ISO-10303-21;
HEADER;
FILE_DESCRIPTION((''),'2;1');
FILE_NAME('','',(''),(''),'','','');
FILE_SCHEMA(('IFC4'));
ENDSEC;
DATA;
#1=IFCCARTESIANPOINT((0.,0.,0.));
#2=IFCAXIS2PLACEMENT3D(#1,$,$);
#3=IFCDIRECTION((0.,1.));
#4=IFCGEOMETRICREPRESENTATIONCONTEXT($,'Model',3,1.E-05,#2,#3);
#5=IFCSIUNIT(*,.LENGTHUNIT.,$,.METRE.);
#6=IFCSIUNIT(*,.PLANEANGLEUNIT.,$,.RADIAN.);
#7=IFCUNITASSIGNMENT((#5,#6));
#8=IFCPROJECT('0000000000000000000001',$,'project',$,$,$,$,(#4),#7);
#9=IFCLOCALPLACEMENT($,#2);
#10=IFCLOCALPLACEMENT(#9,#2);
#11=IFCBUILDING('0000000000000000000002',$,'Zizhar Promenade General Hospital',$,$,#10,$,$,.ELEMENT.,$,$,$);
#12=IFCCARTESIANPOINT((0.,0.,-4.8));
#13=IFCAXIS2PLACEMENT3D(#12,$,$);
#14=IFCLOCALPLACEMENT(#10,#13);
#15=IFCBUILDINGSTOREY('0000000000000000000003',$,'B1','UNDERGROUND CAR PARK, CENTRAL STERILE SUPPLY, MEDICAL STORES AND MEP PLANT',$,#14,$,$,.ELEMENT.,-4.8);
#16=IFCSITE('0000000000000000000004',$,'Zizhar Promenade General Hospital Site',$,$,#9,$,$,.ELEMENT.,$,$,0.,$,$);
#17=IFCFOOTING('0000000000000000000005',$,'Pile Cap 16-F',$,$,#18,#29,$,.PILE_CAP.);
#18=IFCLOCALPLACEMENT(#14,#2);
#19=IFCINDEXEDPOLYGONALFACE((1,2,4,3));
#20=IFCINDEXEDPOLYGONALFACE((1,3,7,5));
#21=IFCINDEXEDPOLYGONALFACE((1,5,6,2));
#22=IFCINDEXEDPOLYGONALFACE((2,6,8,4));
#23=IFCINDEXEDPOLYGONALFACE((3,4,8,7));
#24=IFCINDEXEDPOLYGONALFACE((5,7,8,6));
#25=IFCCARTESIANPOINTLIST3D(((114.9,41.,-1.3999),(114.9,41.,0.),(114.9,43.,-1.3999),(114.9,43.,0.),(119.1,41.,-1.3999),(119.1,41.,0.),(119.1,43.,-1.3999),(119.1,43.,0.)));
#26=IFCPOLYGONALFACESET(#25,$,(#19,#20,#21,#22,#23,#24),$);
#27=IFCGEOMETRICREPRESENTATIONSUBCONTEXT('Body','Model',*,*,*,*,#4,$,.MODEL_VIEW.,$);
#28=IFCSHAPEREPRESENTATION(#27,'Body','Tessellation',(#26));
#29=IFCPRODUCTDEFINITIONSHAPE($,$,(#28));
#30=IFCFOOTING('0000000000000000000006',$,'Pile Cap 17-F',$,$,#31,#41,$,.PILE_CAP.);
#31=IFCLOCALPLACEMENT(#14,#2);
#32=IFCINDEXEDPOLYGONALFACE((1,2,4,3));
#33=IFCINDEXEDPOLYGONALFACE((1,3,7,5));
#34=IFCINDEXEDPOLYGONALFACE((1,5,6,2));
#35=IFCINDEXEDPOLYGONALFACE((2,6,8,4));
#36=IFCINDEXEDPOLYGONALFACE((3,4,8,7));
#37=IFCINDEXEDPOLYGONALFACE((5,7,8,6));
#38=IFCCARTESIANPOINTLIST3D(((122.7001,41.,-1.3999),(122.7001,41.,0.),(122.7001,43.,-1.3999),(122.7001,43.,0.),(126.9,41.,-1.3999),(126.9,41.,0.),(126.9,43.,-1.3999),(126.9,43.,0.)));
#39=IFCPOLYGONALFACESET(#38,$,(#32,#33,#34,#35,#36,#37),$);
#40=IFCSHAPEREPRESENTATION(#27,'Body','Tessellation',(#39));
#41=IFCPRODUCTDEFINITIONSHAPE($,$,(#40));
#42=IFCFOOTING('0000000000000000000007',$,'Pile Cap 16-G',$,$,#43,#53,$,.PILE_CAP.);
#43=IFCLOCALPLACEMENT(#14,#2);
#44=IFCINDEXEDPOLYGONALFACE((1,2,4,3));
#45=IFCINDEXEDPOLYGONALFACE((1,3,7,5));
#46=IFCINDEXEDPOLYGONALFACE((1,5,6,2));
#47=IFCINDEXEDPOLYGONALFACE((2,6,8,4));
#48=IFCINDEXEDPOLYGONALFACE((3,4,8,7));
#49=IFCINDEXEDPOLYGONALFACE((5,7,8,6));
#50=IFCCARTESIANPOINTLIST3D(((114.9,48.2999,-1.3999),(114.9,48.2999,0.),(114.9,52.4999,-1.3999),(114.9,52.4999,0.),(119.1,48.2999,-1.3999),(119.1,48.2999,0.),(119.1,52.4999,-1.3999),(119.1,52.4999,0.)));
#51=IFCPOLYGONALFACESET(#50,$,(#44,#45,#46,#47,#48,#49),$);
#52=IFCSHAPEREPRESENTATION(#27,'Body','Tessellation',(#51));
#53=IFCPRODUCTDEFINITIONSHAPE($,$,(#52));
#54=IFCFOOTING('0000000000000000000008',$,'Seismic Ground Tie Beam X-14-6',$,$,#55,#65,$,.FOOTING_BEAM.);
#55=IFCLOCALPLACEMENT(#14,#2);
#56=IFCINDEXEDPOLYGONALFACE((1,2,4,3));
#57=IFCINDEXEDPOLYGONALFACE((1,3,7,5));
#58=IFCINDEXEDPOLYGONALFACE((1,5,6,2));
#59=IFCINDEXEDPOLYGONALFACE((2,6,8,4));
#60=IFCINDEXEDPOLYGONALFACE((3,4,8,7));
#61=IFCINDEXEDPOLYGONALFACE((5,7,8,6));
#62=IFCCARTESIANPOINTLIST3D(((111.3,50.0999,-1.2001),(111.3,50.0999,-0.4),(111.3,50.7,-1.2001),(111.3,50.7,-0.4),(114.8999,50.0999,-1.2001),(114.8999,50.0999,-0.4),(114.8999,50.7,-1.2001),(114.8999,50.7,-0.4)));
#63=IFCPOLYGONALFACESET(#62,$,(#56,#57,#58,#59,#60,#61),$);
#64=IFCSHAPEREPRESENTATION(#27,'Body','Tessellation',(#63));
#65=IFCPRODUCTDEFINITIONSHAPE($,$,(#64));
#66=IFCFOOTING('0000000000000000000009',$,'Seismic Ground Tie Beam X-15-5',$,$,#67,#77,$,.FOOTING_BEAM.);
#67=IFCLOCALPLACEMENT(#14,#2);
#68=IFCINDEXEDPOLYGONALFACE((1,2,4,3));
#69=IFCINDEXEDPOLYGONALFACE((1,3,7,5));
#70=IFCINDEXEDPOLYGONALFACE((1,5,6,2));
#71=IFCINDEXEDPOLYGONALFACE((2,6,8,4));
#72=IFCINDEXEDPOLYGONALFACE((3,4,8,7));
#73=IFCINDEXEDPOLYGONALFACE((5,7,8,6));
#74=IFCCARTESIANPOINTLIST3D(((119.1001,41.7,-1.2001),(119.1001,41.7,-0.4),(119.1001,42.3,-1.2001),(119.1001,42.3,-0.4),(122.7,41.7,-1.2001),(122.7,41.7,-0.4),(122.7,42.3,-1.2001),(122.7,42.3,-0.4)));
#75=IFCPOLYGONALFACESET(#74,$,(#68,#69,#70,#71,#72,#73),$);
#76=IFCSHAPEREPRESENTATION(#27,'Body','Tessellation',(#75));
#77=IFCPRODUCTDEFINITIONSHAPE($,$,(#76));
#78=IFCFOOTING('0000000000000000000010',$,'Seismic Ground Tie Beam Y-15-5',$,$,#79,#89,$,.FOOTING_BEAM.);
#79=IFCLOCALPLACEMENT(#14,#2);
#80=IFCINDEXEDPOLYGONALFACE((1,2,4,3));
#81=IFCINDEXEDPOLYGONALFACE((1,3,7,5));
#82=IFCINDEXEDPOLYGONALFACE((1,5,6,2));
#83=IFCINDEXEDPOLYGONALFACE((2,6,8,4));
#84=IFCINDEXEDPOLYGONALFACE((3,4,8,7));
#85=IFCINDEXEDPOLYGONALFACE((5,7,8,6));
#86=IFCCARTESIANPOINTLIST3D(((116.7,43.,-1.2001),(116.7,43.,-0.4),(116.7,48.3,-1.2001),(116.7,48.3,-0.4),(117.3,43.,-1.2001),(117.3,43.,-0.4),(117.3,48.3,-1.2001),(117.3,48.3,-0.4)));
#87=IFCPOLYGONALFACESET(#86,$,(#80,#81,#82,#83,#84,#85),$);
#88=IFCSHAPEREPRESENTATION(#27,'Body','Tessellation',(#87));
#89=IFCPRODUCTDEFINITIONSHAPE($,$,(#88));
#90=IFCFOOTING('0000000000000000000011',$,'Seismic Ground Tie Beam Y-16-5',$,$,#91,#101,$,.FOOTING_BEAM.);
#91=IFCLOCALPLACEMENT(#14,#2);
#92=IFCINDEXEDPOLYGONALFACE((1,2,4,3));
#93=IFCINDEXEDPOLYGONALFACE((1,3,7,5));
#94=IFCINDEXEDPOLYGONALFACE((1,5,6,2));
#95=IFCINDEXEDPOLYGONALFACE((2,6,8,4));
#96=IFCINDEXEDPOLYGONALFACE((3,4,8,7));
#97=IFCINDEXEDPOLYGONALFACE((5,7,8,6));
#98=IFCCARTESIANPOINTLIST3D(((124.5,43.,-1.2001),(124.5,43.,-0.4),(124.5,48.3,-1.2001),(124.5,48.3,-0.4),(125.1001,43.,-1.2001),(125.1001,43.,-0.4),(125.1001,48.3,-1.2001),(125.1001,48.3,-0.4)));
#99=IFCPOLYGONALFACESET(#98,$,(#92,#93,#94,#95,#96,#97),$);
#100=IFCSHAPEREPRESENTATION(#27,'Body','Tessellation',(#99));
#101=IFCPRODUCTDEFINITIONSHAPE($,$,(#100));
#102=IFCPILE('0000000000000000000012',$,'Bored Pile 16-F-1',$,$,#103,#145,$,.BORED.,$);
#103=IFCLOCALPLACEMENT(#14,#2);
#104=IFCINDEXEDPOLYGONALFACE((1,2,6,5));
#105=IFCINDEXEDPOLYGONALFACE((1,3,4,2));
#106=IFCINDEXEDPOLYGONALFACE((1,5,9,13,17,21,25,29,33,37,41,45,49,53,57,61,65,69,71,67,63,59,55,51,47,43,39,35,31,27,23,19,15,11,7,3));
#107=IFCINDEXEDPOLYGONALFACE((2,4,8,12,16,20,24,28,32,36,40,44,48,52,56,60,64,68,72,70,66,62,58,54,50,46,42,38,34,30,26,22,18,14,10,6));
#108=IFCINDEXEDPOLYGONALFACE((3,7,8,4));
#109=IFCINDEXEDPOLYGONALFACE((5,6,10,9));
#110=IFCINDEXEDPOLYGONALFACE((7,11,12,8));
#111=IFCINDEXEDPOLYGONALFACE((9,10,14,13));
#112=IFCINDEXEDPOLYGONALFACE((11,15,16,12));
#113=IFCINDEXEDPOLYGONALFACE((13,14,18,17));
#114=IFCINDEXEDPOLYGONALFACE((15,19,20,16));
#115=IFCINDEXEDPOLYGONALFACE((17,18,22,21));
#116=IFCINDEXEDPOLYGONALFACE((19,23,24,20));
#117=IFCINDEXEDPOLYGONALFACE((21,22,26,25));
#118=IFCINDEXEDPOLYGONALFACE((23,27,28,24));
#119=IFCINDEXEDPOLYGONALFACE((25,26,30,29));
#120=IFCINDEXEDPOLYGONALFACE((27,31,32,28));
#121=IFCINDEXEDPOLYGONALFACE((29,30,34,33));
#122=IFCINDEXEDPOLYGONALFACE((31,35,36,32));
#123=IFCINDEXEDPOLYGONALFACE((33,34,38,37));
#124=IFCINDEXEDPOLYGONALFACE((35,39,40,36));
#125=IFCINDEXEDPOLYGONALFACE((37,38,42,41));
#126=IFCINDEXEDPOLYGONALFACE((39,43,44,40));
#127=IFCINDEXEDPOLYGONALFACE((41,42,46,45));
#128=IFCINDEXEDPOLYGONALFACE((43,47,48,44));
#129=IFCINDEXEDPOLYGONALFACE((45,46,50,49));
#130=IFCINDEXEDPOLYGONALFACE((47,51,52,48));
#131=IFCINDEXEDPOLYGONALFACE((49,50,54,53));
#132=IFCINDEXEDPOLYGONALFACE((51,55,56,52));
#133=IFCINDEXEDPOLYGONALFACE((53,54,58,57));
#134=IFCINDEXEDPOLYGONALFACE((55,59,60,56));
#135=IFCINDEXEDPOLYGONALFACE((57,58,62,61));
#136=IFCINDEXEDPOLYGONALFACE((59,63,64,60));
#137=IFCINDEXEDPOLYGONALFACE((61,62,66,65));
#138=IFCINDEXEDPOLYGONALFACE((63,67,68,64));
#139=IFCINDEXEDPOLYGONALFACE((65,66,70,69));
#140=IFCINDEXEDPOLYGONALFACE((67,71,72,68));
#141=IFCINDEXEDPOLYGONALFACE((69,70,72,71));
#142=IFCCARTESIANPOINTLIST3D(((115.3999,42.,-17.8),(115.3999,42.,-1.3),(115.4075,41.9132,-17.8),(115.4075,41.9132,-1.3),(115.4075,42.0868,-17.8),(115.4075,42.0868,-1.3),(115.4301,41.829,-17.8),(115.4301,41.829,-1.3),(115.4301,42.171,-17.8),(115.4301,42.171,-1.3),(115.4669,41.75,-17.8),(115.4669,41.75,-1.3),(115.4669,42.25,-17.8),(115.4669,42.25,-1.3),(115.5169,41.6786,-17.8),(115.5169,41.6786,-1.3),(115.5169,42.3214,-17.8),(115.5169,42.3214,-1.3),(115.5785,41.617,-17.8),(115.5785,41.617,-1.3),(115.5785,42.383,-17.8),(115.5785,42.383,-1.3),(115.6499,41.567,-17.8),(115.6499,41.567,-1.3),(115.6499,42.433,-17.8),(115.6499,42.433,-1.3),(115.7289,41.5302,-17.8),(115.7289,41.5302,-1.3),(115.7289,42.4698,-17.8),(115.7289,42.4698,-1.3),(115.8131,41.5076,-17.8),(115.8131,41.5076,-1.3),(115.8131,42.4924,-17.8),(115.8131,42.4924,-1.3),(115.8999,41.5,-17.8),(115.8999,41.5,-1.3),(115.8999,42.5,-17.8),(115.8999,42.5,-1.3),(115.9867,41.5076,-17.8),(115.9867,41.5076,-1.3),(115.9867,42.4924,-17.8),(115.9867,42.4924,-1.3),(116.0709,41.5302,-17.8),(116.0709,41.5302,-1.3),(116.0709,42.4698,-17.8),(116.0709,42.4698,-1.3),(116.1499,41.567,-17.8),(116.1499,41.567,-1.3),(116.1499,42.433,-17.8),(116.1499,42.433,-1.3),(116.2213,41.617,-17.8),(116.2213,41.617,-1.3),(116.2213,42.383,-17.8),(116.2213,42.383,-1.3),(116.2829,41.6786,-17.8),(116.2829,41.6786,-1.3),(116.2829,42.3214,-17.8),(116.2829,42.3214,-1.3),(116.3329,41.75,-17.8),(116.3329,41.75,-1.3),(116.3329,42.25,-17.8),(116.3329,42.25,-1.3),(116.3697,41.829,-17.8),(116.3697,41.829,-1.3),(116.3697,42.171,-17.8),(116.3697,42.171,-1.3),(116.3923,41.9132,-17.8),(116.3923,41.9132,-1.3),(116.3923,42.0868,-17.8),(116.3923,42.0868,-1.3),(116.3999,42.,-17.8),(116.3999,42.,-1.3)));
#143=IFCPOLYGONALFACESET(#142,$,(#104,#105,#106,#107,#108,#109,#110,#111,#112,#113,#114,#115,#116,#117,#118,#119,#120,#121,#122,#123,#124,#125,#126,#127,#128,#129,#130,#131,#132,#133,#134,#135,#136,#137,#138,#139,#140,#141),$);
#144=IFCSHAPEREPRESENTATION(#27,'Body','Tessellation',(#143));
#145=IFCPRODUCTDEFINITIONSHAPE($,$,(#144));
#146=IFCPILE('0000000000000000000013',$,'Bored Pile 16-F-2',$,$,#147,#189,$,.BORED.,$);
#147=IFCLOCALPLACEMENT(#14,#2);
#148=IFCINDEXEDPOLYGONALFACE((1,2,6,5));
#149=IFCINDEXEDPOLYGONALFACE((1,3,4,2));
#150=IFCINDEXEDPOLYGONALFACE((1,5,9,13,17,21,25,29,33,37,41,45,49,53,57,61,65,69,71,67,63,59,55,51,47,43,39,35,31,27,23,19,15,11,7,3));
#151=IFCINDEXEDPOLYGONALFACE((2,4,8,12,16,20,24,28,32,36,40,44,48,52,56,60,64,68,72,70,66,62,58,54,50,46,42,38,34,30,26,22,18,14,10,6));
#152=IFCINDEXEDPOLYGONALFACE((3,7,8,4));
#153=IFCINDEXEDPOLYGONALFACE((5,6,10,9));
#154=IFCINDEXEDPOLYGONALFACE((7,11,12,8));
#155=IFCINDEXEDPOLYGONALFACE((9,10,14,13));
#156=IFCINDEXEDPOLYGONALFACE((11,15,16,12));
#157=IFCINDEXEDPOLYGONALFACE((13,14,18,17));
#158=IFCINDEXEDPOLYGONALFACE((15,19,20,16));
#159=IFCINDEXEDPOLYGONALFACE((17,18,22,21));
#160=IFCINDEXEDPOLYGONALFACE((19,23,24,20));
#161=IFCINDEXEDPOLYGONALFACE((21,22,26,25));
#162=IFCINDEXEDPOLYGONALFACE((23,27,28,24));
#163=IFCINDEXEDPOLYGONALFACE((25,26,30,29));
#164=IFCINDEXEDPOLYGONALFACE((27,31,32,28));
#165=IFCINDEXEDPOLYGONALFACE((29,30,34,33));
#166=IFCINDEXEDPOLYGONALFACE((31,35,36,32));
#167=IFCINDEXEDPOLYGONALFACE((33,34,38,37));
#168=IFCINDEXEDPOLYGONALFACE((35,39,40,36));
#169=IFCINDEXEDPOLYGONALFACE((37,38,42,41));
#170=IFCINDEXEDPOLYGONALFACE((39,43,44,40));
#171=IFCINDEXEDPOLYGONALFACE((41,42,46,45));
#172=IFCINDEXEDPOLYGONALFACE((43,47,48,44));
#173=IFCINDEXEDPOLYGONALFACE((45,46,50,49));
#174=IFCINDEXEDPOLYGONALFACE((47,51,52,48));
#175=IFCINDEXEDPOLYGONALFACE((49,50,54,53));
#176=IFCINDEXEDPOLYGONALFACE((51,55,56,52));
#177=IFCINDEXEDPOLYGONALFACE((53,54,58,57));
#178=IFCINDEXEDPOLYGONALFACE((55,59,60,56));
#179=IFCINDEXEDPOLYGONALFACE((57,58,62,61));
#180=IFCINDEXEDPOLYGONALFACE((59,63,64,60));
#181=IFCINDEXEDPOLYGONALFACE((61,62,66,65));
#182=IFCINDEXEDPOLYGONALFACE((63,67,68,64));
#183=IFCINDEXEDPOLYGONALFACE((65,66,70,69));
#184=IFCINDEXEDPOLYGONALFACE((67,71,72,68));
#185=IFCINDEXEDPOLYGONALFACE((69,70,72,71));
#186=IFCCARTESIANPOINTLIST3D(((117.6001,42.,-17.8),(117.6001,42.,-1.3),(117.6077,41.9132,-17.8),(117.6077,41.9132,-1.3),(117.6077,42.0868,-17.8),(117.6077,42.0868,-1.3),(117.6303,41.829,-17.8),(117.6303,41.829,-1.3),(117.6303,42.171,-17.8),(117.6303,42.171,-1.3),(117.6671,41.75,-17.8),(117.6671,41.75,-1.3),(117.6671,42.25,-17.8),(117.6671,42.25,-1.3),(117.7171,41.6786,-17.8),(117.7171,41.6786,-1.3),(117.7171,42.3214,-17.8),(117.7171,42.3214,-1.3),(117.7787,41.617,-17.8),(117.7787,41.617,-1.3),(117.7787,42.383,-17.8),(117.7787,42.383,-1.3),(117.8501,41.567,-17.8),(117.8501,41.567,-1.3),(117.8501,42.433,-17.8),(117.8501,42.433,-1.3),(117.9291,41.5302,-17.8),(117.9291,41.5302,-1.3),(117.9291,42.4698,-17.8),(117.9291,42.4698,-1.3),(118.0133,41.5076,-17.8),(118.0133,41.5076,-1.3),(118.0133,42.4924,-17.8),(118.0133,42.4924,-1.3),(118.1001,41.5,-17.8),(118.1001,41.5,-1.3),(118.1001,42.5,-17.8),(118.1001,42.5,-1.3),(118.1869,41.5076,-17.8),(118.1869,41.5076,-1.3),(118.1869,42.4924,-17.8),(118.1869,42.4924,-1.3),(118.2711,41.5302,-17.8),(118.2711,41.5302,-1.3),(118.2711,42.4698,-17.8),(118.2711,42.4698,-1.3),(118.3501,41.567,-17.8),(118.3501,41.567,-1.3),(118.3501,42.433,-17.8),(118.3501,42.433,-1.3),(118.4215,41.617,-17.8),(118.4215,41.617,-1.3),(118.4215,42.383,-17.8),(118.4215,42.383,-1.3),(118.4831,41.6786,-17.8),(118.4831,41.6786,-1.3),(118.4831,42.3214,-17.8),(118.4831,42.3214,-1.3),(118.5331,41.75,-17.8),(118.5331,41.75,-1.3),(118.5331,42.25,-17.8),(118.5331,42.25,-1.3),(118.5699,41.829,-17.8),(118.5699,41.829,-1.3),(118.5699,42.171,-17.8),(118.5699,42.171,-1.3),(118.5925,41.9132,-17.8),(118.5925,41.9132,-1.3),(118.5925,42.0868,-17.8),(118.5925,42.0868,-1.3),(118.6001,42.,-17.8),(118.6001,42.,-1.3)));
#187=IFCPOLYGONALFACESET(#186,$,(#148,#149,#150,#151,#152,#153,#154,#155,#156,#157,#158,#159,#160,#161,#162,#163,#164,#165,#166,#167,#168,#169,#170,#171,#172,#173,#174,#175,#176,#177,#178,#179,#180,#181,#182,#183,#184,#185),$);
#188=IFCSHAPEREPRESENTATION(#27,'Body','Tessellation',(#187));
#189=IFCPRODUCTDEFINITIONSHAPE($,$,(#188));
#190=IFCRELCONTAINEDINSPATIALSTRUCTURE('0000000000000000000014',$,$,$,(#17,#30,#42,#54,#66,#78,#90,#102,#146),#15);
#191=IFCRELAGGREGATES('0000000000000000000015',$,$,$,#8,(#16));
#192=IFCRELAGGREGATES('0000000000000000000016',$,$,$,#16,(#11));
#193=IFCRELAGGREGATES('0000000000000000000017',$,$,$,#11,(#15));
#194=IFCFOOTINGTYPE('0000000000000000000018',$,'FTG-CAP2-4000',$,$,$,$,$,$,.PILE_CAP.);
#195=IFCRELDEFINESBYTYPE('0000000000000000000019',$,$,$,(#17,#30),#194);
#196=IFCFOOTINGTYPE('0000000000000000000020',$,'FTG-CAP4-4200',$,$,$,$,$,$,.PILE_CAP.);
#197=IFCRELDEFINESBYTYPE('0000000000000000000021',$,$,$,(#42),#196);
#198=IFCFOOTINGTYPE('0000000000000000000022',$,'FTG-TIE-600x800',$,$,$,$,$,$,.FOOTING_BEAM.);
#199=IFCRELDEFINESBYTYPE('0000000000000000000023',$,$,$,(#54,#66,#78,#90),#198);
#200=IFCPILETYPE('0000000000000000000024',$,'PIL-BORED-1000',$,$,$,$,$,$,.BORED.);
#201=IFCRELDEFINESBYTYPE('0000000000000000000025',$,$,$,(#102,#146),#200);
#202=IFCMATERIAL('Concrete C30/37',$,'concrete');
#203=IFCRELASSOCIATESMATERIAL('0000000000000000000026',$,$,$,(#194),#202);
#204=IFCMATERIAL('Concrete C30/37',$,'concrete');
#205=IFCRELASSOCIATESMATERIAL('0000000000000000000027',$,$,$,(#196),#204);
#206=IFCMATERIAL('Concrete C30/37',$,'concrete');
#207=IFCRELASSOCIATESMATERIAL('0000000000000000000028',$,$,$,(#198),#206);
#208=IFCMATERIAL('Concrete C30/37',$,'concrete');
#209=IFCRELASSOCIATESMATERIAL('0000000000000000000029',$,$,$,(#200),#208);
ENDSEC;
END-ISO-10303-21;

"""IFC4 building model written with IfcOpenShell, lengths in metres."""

from ifc_helpers import new_model, si_unit, direction, frame, origin, origin_2d, place, context, subcontext, project, spatial, rectangle, circle, extrude, material, material_profile, profile_set, type_object, element, save


model = new_model("IFC4")

# Units and contexts
model_context = context("Model", 3, precision=1e-05, world=origin(), true_north=direction((0.0, 1.0)))
body_context = subcontext(model_context, "Body", "Model", "MODEL_VIEW")
ifc_project = project(units=[si_unit("LENGTHUNIT", "METRE"), si_unit("PLANEANGLEUNIT", "RADIAN")], contexts=[model_context])

# Site, building, storey
site_placement = place(None, origin())
site = spatial("IfcSite", under=ifc_project, at=site_placement, Name="Zizhar Promenade General Hospital Site", CompositionType="ELEMENT", RefElevation=0.0)
building_placement = place(site_placement, origin())
building = spatial("IfcBuilding", under=site, at=building_placement, Name="Zizhar Promenade General Hospital", CompositionType="ELEMENT")
storey_placement = place(building_placement, frame((0.0, 0.0, -4.8)))
storey = spatial("IfcBuildingStorey", under=building, at=storey_placement, Name="B1", Description="UNDERGROUND CAR PARK, CENTRAL STERILE SUPPLY, MEDICAL STORES AND MEP PLANT", CompositionType="ELEMENT", Elevation=-4.8)

# Footings
ifc_material_1 = material(Name="Concrete C30/37", Category="concrete")
footing_type_1 = type_object("IfcFootingType", Name="FTG-CAP2-4000", PredefinedType="PILE_CAP", material=ifc_material_1)
for number, where, z_axis, x_axis, name in (
    (1, (117.0, 42.0, -1.3999), (0.0, 0.0, 1.0), (1.0, 0.0, 0.0), "Pile Cap 16-F"),
    (2, (124.8, 42.0, -1.3999), (0.0, 0.0, 1.0), (1.0, 0.0, 0.0), "Pile Cap 17-F"),
):
    element("IfcFooting", number, at=place(storey_placement, frame(where, z_axis=z_axis, x_axis=x_axis)), inside=storey, type_object=footing_type_1, Name=name, PredefinedType="PILE_CAP", context=body_context, shape_type="SweptSolid", body=[
        extrude(rectangle(XDim=4.2, YDim=2.0, at=origin_2d()), origin(), (0.0, 0.0, 1.0), 1.3999),
    ])
ifc_material_2 = material(Name="Concrete C30/37", Category="concrete")
footing_type_2 = type_object("IfcFootingType", Name="FTG-CAP4-4200", PredefinedType="PILE_CAP", material=ifc_material_2)
footing_placement = place(storey_placement, frame((117.0, 50.3999, -1.3999), z_axis=(0.0, 0.0, 1.0), x_axis=(1.0, 0.0, 0.0)))
element("IfcFooting", 3, at=footing_placement, inside=storey, type_object=footing_type_2, Name="Pile Cap 16-G", PredefinedType="PILE_CAP", context=body_context, shape_type="SweptSolid", body=[
    extrude(rectangle(XDim=4.2, YDim=4.2, at=origin_2d()), origin(), (0.0, 0.0, 1.0), 1.3999),
])
ifc_material_3 = material(Name="Concrete C30/37", Category="concrete")
ifc_material_profile_1 = material_profile(ifc_material_3, rectangle(XDim=0.6001, YDim=0.8, at=origin_2d()))
ifc_profile_set_1 = profile_set([ifc_material_profile_1], Name="Concrete C30/37")
footing_type_3 = type_object("IfcFootingType", Name="FTG-TIE-600x800", PredefinedType="FOOTING_BEAM", material=ifc_profile_set_1)
for number, where, z_axis, x_axis, name in (
    (4, (111.3, 50.3999, -0.8), (1.0, 0.0, 0.0), (0.0, 1.0, 0.0), "Seismic Ground Tie Beam X-14-6"),
    (5, (119.1001, 42.0, -0.8), (1.0, 0.0, 0.0), (0.0, 1.0, 0.0), "Seismic Ground Tie Beam X-15-5"),
):
    element("IfcFooting", number, at=place(storey_placement, frame(where, z_axis=z_axis, x_axis=x_axis)), inside=storey, type_object=footing_type_3, Name=name, PredefinedType="FOOTING_BEAM", context=body_context, shape_type="SweptSolid", body=[
        extrude(rectangle(XDim=0.6001, YDim=0.8, at=origin_2d()), origin(), (0.0, 0.0, 1.0), 3.5999),
    ])
for number, where, z_axis, x_axis, name in (
    (6, (117.0, 43.0, -0.8), (0.0, 1.0, 0.0), (-1.0, 0.0, 0.0), "Seismic Ground Tie Beam Y-15-5"),
    (7, (124.8, 43.0, -0.8), (0.0, 1.0, 0.0), (-1.0, 0.0, 0.0), "Seismic Ground Tie Beam Y-16-5"),
):
    element("IfcFooting", number, at=place(storey_placement, frame(where, z_axis=z_axis, x_axis=x_axis)), inside=storey, type_object=footing_type_3, Name=name, PredefinedType="FOOTING_BEAM", context=body_context, shape_type="SweptSolid", body=[
        extrude(rectangle(XDim=0.6001, YDim=0.8, at=origin_2d()), origin(), (0.0, 0.0, 1.0), 5.3),
    ])

# Piles
ifc_material_4 = material(Name="Concrete C30/37", Category="concrete")
ifc_material_profile_2 = material_profile(ifc_material_4, circle(Radius=0.5, at=origin_2d()))
ifc_profile_set_2 = profile_set([ifc_material_profile_2], Name="Concrete C30/37")
pile_type = type_object("IfcPileType", Name="PIL-BORED-1000", PredefinedType="BORED", material=ifc_profile_set_2)
for number, where, z_axis, x_axis, name in (
    (8, (115.8999, 42.0, -1.3), (0.0, 0.0, -1.0), (1.0, 0.0, 0.0), "Bored Pile 16-F-1"),
    (9, (118.1001, 42.0, -1.3), (0.0, 0.0, -1.0), (1.0, 0.0, 0.0), "Bored Pile 16-F-2"),
):
    element("IfcPile", number, at=place(storey_placement, frame(where, z_axis=z_axis, x_axis=x_axis)), inside=storey, type_object=pile_type, Name=name, PredefinedType="BORED", context=body_context, shape_type="SweptSolid", body=[
        extrude(circle(Radius=0.5, at=origin_2d()), origin(), (0.0, 0.0, 1.0), 16.5),
    ])

save(model, "model.ifc")
